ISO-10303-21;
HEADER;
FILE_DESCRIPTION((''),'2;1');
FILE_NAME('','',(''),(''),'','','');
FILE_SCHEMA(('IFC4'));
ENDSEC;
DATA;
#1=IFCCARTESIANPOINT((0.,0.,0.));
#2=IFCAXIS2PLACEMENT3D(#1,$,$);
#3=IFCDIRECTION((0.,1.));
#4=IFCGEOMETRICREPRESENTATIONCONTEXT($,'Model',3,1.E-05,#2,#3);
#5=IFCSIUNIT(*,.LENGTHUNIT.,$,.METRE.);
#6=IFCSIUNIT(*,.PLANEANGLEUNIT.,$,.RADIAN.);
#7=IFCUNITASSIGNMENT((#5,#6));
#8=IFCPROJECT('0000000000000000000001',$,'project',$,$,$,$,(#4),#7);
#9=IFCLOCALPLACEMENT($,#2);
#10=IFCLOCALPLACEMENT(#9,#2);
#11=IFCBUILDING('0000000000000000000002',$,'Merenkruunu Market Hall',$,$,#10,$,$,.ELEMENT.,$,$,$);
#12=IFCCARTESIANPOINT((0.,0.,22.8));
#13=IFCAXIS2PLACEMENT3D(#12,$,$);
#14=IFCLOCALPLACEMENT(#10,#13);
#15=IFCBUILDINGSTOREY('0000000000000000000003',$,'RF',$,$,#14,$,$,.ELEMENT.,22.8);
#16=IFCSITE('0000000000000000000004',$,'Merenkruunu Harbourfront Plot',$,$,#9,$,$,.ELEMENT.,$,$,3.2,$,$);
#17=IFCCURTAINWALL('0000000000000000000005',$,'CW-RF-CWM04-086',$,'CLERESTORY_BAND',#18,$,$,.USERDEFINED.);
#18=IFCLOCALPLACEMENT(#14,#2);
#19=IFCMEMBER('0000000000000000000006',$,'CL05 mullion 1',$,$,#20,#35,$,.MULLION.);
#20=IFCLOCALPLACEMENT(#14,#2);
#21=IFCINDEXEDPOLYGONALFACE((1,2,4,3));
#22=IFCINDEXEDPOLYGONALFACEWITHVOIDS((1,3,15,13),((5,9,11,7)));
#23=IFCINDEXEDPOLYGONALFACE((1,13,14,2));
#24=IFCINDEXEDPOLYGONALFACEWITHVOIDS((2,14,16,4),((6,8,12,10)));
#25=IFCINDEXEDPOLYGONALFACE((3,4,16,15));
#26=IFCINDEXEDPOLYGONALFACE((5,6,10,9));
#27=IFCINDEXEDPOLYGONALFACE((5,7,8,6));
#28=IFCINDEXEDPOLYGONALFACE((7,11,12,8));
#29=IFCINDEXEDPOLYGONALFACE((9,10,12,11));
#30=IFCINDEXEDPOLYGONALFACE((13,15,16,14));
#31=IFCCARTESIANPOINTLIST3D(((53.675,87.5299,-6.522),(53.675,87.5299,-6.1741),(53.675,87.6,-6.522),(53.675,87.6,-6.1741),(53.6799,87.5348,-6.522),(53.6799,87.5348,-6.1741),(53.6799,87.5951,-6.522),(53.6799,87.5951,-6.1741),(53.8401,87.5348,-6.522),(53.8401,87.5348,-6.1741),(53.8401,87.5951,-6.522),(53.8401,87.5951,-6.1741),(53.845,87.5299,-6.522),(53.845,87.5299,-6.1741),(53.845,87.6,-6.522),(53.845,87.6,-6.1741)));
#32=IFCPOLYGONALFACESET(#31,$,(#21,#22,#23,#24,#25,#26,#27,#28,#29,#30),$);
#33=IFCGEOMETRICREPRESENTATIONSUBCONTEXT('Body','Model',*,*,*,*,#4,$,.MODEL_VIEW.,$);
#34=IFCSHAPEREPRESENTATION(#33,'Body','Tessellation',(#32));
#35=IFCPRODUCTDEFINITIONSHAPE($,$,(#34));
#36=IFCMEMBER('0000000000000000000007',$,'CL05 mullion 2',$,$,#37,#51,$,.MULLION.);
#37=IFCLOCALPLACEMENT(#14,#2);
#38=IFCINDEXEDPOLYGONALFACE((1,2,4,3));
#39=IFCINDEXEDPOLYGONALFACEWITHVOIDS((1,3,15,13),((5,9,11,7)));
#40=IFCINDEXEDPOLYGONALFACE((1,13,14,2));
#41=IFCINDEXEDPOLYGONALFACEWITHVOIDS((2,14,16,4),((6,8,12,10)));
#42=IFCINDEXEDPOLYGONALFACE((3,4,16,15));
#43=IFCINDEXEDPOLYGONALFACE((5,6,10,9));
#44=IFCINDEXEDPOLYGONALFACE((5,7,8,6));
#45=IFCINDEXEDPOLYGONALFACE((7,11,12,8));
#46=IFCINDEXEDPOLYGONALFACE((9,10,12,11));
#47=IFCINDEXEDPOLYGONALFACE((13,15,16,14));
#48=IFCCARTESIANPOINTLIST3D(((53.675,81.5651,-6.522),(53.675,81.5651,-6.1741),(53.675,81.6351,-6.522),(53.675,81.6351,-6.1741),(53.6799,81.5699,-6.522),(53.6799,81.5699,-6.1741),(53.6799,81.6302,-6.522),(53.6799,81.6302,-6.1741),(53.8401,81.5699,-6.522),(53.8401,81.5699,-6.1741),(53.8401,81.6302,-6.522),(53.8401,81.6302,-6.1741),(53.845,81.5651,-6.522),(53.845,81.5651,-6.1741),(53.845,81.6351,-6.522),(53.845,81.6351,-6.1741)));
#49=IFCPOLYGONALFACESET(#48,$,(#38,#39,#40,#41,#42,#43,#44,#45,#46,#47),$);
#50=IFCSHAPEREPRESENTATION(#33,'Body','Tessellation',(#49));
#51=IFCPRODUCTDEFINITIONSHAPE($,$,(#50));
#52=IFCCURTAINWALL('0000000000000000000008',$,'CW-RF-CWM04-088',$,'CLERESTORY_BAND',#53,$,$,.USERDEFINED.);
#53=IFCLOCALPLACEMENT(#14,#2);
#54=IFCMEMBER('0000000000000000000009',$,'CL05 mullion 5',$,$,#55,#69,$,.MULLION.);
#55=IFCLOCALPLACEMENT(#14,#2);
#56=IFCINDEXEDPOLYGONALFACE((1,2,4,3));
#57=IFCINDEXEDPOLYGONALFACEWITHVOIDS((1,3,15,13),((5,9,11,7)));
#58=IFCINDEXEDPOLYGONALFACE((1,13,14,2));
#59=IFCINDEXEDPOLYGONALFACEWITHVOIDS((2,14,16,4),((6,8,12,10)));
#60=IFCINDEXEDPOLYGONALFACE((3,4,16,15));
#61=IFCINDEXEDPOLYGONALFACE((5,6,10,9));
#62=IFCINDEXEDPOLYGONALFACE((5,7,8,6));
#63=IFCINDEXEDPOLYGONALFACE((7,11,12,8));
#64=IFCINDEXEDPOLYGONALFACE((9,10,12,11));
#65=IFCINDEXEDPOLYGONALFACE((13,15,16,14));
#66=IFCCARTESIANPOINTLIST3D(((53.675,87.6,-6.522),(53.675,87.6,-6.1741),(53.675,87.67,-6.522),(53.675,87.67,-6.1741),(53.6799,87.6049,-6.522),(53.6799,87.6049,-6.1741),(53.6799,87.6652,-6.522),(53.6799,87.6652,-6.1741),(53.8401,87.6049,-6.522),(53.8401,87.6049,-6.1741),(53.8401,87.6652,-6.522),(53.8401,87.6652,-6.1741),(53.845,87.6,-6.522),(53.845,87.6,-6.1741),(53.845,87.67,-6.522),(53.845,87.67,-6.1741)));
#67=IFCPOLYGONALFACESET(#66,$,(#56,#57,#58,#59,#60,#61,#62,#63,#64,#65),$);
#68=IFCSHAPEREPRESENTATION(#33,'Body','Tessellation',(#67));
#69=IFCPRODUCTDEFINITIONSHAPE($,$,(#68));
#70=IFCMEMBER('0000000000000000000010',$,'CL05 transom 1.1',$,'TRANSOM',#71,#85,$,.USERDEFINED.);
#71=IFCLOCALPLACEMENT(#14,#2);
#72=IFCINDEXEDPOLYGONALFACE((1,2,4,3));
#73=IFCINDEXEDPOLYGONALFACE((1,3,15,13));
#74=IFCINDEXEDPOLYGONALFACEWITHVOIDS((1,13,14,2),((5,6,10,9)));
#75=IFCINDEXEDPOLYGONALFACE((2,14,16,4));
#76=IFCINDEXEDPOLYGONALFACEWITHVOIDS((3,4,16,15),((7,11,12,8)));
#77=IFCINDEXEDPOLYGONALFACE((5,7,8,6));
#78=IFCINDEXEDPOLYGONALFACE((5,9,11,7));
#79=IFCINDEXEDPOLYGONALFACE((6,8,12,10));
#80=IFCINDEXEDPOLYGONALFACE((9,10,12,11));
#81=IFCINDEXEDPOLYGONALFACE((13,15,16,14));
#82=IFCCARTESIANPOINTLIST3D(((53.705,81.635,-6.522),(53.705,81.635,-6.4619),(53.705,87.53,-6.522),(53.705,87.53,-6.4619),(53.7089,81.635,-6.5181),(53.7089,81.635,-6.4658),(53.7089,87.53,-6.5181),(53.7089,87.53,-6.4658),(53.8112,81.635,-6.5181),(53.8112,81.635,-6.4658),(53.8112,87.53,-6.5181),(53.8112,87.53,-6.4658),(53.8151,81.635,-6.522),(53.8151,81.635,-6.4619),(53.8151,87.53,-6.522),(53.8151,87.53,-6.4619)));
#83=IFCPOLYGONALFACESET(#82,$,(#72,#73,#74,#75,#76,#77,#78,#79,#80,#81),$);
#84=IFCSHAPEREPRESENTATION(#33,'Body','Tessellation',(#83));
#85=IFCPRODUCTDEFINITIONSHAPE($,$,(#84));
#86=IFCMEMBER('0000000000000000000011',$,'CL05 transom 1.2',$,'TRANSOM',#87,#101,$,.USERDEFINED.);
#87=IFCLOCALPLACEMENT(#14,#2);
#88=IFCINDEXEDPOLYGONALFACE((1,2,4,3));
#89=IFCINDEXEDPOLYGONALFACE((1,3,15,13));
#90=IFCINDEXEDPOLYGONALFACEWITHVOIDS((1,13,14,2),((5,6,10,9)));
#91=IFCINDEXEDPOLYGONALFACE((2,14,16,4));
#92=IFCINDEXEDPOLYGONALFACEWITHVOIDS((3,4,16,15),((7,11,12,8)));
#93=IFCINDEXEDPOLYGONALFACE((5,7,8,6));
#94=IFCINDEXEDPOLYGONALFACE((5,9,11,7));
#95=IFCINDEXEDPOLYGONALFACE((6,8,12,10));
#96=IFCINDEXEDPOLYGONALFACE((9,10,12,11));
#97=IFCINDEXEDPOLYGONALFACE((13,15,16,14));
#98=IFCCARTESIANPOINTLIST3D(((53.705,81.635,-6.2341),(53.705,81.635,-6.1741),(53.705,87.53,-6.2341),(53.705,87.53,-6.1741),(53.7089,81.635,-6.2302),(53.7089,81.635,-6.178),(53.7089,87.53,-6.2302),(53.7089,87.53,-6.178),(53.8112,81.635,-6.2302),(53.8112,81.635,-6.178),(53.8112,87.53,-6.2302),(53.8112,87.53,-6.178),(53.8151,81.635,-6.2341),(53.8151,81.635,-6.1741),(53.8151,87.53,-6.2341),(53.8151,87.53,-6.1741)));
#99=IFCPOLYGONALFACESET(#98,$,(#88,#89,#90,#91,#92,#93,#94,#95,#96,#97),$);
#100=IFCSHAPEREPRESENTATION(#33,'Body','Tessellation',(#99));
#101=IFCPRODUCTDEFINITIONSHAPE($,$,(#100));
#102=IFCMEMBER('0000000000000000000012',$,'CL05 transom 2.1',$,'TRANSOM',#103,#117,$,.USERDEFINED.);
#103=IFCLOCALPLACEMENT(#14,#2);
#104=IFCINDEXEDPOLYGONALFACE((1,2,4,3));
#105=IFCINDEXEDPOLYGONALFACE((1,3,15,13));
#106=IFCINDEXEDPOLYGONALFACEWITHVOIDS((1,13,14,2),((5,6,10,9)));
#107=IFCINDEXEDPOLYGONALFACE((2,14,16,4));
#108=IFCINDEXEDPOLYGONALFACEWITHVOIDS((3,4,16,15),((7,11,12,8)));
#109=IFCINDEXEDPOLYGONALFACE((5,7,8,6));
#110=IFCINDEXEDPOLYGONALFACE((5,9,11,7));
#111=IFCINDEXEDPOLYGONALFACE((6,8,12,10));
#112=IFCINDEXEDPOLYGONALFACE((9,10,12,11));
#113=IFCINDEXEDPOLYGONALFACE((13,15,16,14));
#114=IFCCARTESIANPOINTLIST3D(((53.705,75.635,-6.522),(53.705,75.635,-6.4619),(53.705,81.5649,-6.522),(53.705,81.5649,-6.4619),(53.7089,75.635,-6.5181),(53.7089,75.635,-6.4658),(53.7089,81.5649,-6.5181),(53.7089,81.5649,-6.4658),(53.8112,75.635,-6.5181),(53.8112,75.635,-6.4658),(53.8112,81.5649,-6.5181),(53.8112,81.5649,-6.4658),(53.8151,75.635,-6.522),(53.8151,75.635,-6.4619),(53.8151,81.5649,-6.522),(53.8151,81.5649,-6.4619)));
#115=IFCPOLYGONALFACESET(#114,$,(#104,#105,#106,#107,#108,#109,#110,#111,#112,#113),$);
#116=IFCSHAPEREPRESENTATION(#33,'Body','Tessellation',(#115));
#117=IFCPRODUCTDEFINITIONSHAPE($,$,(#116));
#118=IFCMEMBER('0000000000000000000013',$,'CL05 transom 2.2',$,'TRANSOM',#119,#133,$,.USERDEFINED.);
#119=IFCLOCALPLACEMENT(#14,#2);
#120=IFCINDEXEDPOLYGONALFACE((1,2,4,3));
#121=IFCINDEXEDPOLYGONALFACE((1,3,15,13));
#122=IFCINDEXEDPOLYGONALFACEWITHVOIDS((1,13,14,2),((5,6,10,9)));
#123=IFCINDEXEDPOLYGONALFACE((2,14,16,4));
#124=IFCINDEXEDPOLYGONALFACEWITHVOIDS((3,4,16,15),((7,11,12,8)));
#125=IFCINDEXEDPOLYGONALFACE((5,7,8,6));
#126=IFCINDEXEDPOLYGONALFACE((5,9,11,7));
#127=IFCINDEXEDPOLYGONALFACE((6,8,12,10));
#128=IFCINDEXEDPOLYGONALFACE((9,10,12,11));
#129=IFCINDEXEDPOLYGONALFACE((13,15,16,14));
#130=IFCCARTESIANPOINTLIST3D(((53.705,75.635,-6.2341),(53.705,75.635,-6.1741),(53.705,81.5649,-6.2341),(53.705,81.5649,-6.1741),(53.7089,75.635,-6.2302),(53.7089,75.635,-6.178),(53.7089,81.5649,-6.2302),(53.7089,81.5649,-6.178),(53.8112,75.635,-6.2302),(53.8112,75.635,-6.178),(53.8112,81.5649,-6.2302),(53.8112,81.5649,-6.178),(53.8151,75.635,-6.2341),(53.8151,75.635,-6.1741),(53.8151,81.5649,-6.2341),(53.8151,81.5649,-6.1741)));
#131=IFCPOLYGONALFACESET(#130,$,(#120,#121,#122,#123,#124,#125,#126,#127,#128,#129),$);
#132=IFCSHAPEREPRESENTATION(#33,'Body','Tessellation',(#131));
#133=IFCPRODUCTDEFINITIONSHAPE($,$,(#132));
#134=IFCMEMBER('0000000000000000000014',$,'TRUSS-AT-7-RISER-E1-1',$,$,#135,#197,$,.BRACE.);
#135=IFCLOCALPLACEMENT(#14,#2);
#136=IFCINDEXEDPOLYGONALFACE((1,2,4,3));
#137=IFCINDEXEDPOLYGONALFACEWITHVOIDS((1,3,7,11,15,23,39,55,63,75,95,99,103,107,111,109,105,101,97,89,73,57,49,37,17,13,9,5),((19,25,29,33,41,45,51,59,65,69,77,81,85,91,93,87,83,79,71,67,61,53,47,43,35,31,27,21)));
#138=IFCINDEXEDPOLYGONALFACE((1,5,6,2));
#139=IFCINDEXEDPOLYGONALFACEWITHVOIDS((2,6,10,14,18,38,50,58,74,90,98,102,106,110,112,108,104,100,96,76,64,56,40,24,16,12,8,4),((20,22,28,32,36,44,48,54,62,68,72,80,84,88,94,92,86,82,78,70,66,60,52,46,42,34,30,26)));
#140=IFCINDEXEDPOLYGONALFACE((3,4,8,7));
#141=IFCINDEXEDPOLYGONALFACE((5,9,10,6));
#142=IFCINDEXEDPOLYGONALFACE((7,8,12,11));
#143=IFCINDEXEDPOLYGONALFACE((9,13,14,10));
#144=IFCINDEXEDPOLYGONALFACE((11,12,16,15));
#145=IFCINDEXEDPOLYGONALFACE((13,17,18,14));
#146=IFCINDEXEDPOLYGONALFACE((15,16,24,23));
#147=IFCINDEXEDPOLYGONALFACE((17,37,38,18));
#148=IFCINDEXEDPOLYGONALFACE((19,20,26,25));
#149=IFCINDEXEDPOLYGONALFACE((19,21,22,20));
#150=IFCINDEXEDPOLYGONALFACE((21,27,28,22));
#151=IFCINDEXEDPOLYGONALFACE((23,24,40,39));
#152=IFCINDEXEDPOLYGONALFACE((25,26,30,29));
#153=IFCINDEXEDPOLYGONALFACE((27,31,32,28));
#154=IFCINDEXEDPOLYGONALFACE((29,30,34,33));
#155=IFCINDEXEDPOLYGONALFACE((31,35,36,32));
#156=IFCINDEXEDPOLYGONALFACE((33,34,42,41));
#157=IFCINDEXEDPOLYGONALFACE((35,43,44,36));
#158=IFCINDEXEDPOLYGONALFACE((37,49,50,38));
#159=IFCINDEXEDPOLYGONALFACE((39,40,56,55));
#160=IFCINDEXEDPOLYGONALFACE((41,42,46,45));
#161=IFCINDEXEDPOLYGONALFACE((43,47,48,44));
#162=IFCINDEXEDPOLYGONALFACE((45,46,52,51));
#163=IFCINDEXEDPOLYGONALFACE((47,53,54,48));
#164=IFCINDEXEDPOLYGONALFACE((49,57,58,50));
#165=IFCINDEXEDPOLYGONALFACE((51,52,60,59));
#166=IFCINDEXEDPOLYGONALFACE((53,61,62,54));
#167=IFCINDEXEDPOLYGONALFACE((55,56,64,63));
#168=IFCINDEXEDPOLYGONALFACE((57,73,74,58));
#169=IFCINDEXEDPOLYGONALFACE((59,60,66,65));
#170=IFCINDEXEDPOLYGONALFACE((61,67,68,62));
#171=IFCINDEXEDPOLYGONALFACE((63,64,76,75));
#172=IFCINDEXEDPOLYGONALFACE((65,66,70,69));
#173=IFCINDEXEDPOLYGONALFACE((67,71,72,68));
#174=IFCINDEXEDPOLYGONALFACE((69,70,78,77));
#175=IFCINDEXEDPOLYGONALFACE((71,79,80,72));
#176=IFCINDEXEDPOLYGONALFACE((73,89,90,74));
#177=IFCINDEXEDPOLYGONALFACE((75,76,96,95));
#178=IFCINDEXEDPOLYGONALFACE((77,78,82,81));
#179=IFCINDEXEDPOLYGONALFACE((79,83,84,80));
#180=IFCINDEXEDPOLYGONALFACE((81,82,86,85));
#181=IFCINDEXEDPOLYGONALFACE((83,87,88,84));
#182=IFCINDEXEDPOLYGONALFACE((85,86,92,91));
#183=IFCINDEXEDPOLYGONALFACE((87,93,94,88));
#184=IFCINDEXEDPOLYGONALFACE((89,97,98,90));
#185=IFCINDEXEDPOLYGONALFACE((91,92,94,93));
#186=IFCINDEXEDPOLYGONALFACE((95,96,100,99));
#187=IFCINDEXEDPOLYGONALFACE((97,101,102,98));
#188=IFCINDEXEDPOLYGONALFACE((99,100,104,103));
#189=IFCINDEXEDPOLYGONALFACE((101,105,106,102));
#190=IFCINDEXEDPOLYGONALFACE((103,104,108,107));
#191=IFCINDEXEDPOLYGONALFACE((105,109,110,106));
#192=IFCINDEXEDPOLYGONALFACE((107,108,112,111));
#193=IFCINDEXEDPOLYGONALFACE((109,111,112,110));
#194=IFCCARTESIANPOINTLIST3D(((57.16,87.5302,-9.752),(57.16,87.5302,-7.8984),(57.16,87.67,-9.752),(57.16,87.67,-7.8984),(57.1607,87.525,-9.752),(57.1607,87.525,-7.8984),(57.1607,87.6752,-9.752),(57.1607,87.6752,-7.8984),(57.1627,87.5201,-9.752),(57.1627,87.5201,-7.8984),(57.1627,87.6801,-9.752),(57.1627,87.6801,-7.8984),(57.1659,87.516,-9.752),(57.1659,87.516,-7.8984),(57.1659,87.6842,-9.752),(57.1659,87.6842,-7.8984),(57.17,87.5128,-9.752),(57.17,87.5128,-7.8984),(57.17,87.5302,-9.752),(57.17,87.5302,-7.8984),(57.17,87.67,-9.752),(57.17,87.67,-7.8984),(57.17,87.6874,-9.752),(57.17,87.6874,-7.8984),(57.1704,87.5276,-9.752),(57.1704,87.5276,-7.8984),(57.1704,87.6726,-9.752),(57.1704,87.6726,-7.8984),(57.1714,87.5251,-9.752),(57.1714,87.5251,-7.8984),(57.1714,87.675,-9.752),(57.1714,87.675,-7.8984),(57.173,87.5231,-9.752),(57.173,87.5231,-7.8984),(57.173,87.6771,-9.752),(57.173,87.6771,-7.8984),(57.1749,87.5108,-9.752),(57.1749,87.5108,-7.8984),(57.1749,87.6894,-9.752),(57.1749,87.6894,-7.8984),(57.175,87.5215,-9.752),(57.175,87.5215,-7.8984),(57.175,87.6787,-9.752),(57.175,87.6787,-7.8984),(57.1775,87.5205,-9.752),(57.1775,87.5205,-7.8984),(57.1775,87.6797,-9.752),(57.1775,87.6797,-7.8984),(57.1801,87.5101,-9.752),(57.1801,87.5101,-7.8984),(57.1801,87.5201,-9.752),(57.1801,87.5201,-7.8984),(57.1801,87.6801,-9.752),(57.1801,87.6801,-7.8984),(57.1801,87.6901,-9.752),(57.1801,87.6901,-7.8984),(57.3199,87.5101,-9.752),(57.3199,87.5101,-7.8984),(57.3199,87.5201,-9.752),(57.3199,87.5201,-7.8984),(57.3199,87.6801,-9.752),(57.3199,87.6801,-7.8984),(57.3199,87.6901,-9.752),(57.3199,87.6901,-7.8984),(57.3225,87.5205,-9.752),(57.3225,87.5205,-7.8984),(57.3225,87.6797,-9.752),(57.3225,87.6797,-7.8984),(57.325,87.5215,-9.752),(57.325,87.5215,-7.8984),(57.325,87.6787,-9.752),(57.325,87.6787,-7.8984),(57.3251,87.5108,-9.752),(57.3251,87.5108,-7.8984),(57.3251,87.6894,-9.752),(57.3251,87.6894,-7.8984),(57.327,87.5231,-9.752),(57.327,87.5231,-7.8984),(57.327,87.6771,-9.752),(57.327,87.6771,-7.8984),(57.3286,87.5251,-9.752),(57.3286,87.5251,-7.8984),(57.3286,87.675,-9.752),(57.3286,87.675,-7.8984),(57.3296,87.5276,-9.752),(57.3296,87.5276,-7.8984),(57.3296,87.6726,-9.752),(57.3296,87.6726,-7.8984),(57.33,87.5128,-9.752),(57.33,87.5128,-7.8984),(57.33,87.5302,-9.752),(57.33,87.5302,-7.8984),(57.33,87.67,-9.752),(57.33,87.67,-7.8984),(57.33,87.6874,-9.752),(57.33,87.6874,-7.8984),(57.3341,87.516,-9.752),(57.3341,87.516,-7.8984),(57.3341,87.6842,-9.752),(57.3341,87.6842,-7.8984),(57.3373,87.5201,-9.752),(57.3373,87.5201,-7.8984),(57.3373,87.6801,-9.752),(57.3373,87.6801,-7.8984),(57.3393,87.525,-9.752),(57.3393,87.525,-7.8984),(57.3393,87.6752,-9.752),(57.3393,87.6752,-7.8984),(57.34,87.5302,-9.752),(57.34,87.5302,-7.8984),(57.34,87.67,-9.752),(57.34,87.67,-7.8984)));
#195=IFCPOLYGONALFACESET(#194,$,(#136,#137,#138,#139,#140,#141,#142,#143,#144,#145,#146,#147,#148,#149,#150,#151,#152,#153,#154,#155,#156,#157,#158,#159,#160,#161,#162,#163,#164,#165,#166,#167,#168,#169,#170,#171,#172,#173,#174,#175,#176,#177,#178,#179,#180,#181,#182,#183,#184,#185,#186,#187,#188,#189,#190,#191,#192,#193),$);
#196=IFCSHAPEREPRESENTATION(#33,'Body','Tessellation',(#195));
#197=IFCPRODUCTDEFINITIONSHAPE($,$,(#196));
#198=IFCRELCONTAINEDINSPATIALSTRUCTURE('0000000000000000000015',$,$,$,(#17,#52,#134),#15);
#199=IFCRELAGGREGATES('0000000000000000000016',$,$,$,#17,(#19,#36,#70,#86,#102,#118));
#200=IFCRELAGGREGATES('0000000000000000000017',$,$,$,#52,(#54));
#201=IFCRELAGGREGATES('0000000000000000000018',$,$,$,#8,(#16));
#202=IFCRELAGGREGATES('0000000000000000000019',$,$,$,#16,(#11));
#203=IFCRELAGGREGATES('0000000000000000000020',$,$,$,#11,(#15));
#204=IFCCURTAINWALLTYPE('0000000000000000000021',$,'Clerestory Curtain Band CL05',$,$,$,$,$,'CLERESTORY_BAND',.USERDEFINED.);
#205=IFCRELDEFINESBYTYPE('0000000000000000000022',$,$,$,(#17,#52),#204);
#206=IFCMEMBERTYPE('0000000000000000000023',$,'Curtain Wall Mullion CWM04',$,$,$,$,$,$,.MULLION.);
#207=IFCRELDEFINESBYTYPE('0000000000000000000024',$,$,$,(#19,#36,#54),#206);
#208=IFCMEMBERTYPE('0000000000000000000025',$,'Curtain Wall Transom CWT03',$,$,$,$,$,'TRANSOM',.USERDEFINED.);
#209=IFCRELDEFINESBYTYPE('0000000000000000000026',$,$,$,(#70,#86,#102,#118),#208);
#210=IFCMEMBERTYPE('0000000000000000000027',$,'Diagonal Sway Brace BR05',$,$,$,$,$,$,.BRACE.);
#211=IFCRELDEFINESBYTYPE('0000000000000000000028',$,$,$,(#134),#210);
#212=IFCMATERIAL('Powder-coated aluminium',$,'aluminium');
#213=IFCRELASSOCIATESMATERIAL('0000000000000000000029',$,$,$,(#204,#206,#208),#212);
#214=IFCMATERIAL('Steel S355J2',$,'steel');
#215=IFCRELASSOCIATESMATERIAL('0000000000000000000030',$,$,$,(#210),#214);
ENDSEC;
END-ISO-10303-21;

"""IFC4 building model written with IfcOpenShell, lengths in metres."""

from ifc_helpers import new_model, si_unit, direction, frame, origin, origin_2d, place, context, subcontext, project, spatial, hollow_rectangle, extrude, material, material_profile, profile_set, type_object, element, aggregate, save


model = new_model("IFC4")

# Units and contexts
model_context = context("Model", 3, precision=1e-05, world=origin(), true_north=direction((0.0, 1.0)))
body_context = subcontext(model_context, "Body", "Model", "MODEL_VIEW")
ifc_project = project(units=[si_unit("LENGTHUNIT", "METRE"), si_unit("PLANEANGLEUNIT", "RADIAN")], contexts=[model_context])

# Site, building, storey
site_placement = place(None, origin())
site = spatial("IfcSite", under=ifc_project, at=site_placement, Name="Merenkruunu Harbourfront Plot", CompositionType="ELEMENT", RefElevation=3.2)
building_placement = place(site_placement, origin())
building = spatial("IfcBuilding", under=site, at=building_placement, Name="Merenkruunu Market Hall", CompositionType="ELEMENT")
storey_placement = place(building_placement, frame((0.0, 0.0, 22.8)))
storey = spatial("IfcBuildingStorey", under=building, at=storey_placement, Name="RF", CompositionType="ELEMENT", Elevation=22.8)

# Curtain wall, members
ifc_material_1 = material(Name="Powder-coated aluminium", Category="aluminium")
curtain_wall_type = type_object("IfcCurtainWallType", Name="Clerestory Curtain Band CL05", ElementType="CLERESTORY_BAND", PredefinedType="USERDEFINED", material=ifc_material_1)
curtain_wall_1_placement = place(storey_placement, origin())
curtain_wall_1 = element("IfcCurtainWall", 1, at=curtain_wall_1_placement, inside=storey, type_object=curtain_wall_type, Name="CW-RF-CWM04-086", ObjectType="CLERESTORY_BAND", PredefinedType="USERDEFINED")
ifc_material_profile_1 = material_profile(ifc_material_1, hollow_rectangle(XDim=0.0701, YDim=0.1699, WallThickness=0.0049, at=origin_2d()), Name="ALU 70x170x5")
ifc_profile_set_1 = profile_set([ifc_material_profile_1], Name="Powder-coated aluminium")
member_type_1 = type_object("IfcMemberType", Name="Curtain Wall Mullion CWM04", PredefinedType="MULLION", material=ifc_profile_set_1)
member_1_placement = place(storey_placement, frame((53.76, 87.5649, -6.522), z_axis=(0.0, 0.0, 1.0), x_axis=(0.0, -1.0, 0.0)))
member_1 = element("IfcMember", 2, at=member_1_placement, type_object=member_type_1, Name="CL05 mullion 1", PredefinedType="MULLION", context=body_context, shape_type="SweptSolid", body=[
    extrude(hollow_rectangle(XDim=0.0701, YDim=0.1699, WallThickness=0.0049, at=origin_2d()), origin(), (0.0, 0.0, 1.0), 0.3479),
])
member_2_placement = place(storey_placement, frame((53.76, 81.6001, -6.522), z_axis=(0.0, 0.0, 1.0), x_axis=(0.0, -1.0, 0.0)))
member_2 = element("IfcMember", 3, at=member_2_placement, type_object=member_type_1, Name="CL05 mullion 2", PredefinedType="MULLION", context=body_context, shape_type="SweptSolid", body=[
    extrude(hollow_rectangle(XDim=0.0701, YDim=0.1699, WallThickness=0.0049, at=origin_2d()), origin(), (0.0, 0.0, 1.0), 0.3479),
])

# Curtain wall, member
curtain_wall_2_placement = place(storey_placement, origin())
curtain_wall_2 = element("IfcCurtainWall", 4, at=curtain_wall_2_placement, inside=storey, type_object=curtain_wall_type, Name="CW-RF-CWM04-088", ObjectType="CLERESTORY_BAND", PredefinedType="USERDEFINED")
member_3_placement = place(storey_placement, frame((53.76, 87.635, -6.522), z_axis=(0.0, 0.0, 1.0), x_axis=(0.0, -1.0, 0.0)))
member_3 = element("IfcMember", 5, at=member_3_placement, type_object=member_type_1, Name="CL05 mullion 5", PredefinedType="MULLION", context=body_context, shape_type="SweptSolid", body=[
    extrude(hollow_rectangle(XDim=0.0701, YDim=0.1699, WallThickness=0.0049, at=origin_2d()), origin(), (0.0, 0.0, 1.0), 0.3479),
])

# Members
ifc_material_profile_2 = material_profile(ifc_material_1, hollow_rectangle(XDim=0.0601, YDim=0.1101, WallThickness=0.0039, at=origin_2d()), Name="ALU 60x110x4")
ifc_profile_set_2 = profile_set([ifc_material_profile_2], Name="Powder-coated aluminium")
member_type_2 = type_object("IfcMemberType", Name="Curtain Wall Transom CWT03", ElementType="TRANSOM", PredefinedType="USERDEFINED", material=ifc_profile_set_2)
member_4_placement = place(storey_placement, frame((53.76, 87.53, -6.4919), z_axis=(0.0, -1.0, 0.0), x_axis=(0.0, 0.0, 1.0)))
member_4 = element("IfcMember", 6, at=member_4_placement, type_object=member_type_2, Name="CL05 transom 1.1", ObjectType="TRANSOM", PredefinedType="USERDEFINED", context=body_context, shape_type="SweptSolid", body=[
    extrude(hollow_rectangle(XDim=0.0601, YDim=0.1101, WallThickness=0.0039, at=origin_2d()), origin(), (0.0, 0.0, 1.0), 5.895),
])
member_5_placement = place(storey_placement, frame((53.76, 87.53, -6.2041), z_axis=(0.0, -1.0, 0.0), x_axis=(0.0, 0.0, 1.0)))
member_5 = element("IfcMember", 7, at=member_5_placement, type_object=member_type_2, Name="CL05 transom 1.2", ObjectType="TRANSOM", PredefinedType="USERDEFINED", context=body_context, shape_type="SweptSolid", body=[
    extrude(hollow_rectangle(XDim=0.0601, YDim=0.1101, WallThickness=0.0039, at=origin_2d()), origin(), (0.0, 0.0, 1.0), 5.895),
])
member_6_placement = place(storey_placement, frame((53.76, 81.5649, -6.4919), z_axis=(0.0, -1.0, 0.0), x_axis=(0.0, 0.0, 1.0)))
member_6 = element("IfcMember", 8, at=member_6_placement, type_object=member_type_2, Name="CL05 transom 2.1", ObjectType="TRANSOM", PredefinedType="USERDEFINED", context=body_context, shape_type="SweptSolid", body=[
    extrude(hollow_rectangle(XDim=0.0601, YDim=0.1101, WallThickness=0.0039, at=origin_2d()), origin(), (0.0, 0.0, 1.0), 5.9299),
])
member_7_placement = place(storey_placement, frame((53.76, 81.5649, -6.2041), z_axis=(0.0, -1.0, 0.0), x_axis=(0.0, 0.0, 1.0)))
member_7 = element("IfcMember", 9, at=member_7_placement, type_object=member_type_2, Name="CL05 transom 2.2", ObjectType="TRANSOM", PredefinedType="USERDEFINED", context=body_context, shape_type="SweptSolid", body=[
    extrude(hollow_rectangle(XDim=0.0601, YDim=0.1101, WallThickness=0.0039, at=origin_2d()), origin(), (0.0, 0.0, 1.0), 5.9299),
])

# Member
ifc_material_2 = material(Name="Steel S355J2", Category="steel")
ifc_material_profile_3 = material_profile(ifc_material_2, hollow_rectangle(XDim=0.1799, YDim=0.1799, WallThickness=0.01, InnerFilletRadius=0.01, OuterFilletRadius=0.02, at=origin_2d()), Name="SHS 180x180x10")
ifc_profile_set_3 = profile_set([ifc_material_profile_3], Name="Steel S355J2")
member_type_3 = type_object("IfcMemberType", Name="Diagonal Sway Brace BR05", PredefinedType="BRACE", material=ifc_profile_set_3)
member_8_placement = place(storey_placement, frame((57.25, 87.6001, -9.752), z_axis=(0.0, 0.0, 1.0), x_axis=(1.0, 0.0, 0.0)))
element("IfcMember", 10, at=member_8_placement, inside=storey, type_object=member_type_3, Name="TRUSS-AT-7-RISER-E1-1", PredefinedType="BRACE", context=body_context, shape_type="SweptSolid", body=[
    extrude(hollow_rectangle(XDim=0.1799, YDim=0.1799, WallThickness=0.01, InnerFilletRadius=0.01, OuterFilletRadius=0.02, at=origin_2d()), origin(), (0.0, 0.0, 1.0), 1.8535),
])

aggregate(curtain_wall_1, [member_1, member_2, member_4, member_5, member_6, member_7])
aggregate(curtain_wall_2, [member_3])

save(model, "model.ifc")
